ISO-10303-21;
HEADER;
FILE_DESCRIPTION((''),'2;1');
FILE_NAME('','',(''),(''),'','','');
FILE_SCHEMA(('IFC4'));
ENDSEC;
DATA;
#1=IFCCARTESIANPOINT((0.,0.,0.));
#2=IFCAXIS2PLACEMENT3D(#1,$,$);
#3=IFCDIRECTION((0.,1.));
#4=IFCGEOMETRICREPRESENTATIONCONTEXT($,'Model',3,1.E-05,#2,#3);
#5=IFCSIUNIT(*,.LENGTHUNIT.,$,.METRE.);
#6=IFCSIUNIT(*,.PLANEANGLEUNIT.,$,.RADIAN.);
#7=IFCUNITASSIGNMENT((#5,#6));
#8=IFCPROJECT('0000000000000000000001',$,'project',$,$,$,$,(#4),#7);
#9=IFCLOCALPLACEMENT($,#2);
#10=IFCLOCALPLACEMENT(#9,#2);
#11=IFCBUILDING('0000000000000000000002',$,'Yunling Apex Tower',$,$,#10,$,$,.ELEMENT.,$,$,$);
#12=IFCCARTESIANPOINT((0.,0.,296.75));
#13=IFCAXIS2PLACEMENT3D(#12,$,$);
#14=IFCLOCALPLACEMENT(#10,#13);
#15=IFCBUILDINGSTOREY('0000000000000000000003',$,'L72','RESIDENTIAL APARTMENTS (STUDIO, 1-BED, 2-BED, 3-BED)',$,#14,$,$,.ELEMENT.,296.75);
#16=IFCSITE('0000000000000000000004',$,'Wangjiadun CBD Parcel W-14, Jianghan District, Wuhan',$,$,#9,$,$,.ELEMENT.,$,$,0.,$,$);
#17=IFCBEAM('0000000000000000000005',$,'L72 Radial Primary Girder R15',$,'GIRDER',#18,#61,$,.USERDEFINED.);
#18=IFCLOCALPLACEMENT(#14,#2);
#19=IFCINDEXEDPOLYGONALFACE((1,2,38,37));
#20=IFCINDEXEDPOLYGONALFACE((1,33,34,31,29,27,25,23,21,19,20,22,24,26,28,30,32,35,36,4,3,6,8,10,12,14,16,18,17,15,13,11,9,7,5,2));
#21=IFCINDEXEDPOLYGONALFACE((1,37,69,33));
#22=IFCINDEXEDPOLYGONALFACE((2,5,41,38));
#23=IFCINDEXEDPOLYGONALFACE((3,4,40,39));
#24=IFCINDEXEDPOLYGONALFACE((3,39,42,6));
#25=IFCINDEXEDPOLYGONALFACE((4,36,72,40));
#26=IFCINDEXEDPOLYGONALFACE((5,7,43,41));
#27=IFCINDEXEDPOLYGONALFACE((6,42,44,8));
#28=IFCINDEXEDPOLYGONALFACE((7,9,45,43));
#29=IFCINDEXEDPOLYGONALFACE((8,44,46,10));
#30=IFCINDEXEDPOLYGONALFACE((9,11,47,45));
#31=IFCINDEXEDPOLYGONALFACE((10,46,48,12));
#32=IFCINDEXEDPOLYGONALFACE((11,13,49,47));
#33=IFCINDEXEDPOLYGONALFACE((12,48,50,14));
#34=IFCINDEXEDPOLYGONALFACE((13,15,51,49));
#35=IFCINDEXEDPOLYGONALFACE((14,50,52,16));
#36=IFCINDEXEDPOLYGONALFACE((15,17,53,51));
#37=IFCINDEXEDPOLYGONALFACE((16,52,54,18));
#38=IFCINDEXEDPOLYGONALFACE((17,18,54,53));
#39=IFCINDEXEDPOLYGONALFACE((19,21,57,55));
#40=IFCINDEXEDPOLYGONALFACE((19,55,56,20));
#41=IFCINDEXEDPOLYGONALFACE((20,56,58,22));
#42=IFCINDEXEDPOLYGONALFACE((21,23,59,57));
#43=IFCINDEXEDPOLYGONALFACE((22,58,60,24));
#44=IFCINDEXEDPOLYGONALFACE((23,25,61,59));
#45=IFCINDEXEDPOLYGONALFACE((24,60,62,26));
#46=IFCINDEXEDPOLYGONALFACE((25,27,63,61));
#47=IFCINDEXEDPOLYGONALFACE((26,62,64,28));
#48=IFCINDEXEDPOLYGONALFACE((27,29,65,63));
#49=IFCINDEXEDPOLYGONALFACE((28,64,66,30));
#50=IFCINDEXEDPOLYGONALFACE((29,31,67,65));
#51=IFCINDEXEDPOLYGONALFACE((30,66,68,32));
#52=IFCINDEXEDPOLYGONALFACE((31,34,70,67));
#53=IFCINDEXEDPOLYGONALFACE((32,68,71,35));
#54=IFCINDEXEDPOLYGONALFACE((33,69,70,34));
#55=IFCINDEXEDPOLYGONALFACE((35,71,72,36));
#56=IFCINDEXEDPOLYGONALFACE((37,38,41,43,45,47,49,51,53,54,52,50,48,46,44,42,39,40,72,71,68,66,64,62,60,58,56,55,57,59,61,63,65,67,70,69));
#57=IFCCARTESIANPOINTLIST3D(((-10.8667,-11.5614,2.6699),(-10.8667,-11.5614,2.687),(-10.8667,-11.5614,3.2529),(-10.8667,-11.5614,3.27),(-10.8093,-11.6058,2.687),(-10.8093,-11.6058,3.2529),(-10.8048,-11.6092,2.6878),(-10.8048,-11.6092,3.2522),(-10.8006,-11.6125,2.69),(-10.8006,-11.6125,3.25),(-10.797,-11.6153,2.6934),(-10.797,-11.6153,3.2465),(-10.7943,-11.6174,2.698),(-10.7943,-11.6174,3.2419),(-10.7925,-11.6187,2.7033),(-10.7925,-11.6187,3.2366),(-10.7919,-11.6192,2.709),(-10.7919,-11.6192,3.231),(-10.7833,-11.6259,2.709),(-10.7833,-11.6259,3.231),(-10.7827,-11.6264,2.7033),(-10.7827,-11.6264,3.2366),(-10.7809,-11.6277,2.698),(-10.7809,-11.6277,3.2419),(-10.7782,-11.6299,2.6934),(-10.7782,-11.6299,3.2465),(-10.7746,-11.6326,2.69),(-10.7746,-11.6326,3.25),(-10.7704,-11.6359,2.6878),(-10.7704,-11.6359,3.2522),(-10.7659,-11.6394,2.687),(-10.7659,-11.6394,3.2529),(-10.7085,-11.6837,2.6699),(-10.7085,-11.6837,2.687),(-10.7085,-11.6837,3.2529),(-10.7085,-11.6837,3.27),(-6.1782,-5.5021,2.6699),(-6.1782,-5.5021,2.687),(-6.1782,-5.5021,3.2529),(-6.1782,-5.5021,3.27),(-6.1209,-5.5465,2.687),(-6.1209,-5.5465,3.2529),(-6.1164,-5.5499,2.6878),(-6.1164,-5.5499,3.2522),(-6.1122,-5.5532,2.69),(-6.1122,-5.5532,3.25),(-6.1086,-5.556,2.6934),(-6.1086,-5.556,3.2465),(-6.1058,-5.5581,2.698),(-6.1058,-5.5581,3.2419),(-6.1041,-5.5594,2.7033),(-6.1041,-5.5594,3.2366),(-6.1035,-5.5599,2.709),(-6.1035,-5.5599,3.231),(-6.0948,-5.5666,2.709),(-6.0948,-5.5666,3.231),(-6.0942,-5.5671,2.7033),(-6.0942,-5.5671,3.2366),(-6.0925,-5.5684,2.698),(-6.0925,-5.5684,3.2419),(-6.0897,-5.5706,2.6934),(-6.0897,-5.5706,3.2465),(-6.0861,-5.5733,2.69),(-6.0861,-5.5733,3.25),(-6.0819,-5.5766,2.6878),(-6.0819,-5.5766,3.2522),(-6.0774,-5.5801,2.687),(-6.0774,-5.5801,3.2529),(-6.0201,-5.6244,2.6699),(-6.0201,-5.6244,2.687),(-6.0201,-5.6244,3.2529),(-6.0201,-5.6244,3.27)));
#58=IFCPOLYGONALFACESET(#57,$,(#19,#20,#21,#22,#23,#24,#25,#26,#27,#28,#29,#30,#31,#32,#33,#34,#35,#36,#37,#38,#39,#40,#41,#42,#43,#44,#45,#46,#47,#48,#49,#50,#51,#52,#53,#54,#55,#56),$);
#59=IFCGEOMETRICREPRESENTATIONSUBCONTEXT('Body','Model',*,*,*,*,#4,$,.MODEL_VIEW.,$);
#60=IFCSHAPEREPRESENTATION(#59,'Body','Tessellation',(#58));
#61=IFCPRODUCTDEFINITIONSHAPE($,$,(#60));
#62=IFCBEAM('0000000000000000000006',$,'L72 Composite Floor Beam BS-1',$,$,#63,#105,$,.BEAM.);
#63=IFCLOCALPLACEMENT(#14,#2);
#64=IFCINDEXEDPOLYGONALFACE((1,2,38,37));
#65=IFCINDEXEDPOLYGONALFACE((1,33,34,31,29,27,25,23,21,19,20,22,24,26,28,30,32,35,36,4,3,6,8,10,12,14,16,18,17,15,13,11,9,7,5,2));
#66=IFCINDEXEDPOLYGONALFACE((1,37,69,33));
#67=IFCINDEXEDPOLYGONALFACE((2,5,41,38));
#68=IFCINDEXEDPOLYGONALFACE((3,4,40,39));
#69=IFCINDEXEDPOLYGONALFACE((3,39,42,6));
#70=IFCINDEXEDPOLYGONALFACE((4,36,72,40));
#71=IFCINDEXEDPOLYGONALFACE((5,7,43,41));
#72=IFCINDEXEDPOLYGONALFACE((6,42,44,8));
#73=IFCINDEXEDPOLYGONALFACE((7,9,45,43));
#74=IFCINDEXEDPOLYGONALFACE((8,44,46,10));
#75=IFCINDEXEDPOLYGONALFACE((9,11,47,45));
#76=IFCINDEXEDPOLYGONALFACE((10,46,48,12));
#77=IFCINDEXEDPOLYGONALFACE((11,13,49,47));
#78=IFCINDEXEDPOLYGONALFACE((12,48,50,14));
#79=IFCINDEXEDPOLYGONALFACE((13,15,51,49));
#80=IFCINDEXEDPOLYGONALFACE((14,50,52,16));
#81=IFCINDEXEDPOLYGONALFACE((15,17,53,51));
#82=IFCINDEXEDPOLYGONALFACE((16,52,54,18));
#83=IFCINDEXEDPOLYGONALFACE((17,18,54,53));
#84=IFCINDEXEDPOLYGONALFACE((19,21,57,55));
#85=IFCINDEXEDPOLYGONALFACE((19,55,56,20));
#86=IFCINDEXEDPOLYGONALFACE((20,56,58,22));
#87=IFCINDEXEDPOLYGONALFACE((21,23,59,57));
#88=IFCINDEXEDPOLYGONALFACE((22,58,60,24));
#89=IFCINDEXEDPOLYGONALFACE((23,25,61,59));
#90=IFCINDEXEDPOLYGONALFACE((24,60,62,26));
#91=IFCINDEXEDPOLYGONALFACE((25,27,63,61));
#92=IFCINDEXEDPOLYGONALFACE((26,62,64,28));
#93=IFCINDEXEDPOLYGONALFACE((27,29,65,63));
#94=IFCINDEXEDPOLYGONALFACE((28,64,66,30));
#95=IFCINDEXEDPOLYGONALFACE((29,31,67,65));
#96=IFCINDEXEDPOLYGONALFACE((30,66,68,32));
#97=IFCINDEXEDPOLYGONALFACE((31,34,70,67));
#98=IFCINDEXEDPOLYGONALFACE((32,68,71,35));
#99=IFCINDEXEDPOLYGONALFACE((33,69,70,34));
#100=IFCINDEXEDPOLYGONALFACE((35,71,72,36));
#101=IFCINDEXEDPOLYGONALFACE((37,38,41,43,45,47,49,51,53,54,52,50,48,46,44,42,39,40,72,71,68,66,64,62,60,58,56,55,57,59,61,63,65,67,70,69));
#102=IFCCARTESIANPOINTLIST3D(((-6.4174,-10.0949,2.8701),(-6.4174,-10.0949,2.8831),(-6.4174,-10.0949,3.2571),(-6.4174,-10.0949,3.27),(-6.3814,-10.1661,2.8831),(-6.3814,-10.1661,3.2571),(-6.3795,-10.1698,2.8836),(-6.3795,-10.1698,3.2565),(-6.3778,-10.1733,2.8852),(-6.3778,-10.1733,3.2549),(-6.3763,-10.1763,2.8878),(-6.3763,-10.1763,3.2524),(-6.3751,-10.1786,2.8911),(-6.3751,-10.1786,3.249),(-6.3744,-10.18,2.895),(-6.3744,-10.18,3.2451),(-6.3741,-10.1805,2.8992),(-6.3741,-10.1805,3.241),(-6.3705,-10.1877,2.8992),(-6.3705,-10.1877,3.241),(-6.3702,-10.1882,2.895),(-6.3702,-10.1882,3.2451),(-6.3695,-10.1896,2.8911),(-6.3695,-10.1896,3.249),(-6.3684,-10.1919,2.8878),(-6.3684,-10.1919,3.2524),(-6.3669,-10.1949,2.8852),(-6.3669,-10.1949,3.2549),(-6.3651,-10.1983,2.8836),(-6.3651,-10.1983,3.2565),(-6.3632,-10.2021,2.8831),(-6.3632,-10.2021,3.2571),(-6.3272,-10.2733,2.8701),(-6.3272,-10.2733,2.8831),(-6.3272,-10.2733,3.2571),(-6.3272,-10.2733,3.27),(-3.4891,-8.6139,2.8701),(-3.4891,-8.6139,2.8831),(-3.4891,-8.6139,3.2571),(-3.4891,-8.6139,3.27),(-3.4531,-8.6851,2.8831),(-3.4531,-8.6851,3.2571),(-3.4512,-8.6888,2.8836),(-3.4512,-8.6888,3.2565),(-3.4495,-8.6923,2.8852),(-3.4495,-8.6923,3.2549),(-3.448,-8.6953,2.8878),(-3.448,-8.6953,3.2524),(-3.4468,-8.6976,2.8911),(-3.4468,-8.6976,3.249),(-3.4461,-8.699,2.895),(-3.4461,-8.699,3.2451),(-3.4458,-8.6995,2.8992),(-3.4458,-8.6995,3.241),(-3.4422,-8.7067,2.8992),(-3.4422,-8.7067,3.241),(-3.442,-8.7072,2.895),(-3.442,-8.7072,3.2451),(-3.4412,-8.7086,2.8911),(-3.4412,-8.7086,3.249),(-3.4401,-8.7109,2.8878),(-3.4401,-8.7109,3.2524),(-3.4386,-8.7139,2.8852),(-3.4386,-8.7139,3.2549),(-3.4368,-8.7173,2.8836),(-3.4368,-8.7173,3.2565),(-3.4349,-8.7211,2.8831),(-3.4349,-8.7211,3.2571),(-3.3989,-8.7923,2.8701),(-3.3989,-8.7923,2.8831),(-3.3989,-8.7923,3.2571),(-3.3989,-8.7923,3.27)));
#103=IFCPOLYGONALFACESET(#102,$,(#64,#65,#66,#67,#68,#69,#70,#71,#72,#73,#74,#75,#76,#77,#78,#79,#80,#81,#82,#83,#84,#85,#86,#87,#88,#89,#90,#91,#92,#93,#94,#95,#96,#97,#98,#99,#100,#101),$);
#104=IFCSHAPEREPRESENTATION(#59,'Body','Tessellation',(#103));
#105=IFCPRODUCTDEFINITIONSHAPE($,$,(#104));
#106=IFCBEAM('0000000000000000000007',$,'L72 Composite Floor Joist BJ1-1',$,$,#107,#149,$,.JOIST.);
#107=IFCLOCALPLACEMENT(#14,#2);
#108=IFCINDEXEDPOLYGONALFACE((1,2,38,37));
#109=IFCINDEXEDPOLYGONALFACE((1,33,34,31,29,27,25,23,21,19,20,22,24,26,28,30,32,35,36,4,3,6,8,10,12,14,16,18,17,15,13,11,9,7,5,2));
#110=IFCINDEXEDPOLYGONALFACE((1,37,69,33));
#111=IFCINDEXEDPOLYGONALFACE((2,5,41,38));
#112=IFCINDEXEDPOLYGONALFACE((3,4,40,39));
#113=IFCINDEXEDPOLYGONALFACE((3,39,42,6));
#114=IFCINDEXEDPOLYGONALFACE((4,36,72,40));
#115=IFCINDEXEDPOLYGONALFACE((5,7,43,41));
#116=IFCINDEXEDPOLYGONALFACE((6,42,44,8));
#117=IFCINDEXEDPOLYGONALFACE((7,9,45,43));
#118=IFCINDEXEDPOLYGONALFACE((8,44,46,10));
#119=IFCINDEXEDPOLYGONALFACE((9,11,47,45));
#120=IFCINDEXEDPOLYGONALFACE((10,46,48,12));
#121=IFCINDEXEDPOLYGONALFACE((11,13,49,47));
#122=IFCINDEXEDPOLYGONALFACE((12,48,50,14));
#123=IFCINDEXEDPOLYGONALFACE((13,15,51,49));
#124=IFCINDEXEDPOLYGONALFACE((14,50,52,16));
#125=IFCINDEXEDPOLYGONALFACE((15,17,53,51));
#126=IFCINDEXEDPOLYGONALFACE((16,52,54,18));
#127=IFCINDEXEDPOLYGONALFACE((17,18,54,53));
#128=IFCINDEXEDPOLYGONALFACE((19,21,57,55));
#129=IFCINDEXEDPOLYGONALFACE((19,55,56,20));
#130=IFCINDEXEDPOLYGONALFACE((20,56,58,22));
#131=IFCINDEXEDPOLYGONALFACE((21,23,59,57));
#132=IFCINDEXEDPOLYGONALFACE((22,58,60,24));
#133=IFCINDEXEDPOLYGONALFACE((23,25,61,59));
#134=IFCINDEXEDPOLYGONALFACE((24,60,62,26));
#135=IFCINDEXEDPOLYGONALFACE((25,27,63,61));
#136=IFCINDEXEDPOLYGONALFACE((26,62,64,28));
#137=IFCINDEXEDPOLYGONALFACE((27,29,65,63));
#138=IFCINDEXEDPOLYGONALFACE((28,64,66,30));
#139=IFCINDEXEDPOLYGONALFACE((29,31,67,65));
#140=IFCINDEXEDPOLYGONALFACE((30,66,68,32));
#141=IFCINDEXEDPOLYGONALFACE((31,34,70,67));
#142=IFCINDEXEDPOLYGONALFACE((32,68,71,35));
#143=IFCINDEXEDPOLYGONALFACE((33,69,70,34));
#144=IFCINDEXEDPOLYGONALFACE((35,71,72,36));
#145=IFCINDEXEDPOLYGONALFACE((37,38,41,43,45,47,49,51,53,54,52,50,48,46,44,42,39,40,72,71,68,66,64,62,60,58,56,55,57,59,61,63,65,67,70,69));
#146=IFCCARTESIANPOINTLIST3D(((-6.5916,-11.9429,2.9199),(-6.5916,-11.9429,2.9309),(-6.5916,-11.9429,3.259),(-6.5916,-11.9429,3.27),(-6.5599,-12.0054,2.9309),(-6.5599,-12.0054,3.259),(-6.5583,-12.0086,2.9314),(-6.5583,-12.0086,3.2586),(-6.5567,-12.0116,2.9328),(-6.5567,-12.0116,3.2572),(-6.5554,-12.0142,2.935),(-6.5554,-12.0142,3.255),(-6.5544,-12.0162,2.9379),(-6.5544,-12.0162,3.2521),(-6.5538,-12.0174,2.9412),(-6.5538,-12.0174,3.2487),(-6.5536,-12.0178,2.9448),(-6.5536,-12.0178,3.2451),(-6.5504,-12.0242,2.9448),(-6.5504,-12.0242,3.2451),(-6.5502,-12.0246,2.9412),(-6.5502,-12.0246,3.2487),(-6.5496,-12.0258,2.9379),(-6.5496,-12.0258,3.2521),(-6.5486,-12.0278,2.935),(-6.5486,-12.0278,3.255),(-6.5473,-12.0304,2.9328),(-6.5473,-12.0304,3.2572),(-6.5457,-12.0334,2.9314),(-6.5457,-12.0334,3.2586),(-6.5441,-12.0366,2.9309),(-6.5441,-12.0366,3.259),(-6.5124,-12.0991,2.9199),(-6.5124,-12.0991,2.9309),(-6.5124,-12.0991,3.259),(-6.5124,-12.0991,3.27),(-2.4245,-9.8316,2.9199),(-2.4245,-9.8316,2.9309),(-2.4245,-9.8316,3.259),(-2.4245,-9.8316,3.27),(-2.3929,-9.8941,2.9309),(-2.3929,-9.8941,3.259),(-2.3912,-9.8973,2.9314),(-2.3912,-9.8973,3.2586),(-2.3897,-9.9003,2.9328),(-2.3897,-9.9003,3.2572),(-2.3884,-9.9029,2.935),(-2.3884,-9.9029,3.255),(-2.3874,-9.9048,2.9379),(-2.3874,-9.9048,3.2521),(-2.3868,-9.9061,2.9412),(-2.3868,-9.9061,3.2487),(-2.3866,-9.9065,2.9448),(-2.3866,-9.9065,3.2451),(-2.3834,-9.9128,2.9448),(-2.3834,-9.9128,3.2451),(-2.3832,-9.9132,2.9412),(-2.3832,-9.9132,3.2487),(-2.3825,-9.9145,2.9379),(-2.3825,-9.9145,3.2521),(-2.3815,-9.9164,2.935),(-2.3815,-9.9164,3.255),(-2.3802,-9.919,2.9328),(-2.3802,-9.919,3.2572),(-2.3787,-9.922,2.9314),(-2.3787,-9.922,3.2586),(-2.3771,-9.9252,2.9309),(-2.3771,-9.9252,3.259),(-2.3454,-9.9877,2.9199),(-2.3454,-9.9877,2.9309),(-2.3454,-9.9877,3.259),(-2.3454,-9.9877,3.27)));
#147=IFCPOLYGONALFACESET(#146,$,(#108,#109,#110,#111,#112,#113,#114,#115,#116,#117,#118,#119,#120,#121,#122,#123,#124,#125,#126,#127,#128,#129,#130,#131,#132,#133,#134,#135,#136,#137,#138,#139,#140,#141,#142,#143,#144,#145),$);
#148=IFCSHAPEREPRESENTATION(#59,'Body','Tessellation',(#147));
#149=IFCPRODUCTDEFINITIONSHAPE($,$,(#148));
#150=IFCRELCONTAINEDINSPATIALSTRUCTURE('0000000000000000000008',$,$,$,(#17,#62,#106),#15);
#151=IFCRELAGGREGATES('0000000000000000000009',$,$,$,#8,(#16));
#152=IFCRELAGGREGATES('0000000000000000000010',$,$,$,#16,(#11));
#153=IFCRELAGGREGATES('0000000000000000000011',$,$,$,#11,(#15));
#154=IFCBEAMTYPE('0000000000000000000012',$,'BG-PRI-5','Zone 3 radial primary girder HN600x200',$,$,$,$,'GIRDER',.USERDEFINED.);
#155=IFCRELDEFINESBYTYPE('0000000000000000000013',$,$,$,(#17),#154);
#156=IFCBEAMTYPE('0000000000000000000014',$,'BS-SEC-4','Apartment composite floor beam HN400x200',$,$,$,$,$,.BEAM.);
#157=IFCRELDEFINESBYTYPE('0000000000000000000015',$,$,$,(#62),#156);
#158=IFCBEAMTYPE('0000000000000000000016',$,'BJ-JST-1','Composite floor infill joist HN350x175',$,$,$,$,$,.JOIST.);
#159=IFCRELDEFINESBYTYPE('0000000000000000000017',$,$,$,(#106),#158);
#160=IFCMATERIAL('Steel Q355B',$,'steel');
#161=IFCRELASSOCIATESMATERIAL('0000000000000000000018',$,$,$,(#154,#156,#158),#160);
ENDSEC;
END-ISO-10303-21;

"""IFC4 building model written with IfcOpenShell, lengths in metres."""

from ifc_helpers import new_model, si_unit, direction, frame, origin, origin_2d, place, context, subcontext, project, spatial, i_section, extrude, source, transform, mapped, material, material_profile, profile_set, type_object, element, save


model = new_model("IFC4")

# Units and contexts
model_context = context("Model", 3, precision=1e-05, world=origin(), true_north=direction((0.0, 1.0)))
body_context = subcontext(model_context, "Body", "Model", "MODEL_VIEW")
ifc_project = project(units=[si_unit("LENGTHUNIT", "METRE"), si_unit("PLANEANGLEUNIT", "RADIAN")], contexts=[model_context])

# Site, building, storey
site_placement = place(None, origin())
site = spatial("IfcSite", under=ifc_project, at=site_placement, Name="Wangjiadun CBD Parcel W-14, Jianghan District, Wuhan", CompositionType="ELEMENT", RefElevation=0.0)
building_placement = place(site_placement, origin())
building = spatial("IfcBuilding", under=site, at=building_placement, Name="Yunling Apex Tower", CompositionType="ELEMENT")
storey_placement = place(building_placement, frame((0.0, 0.0, 296.75)))
storey = spatial("IfcBuildingStorey", under=building, at=storey_placement, Name="L72", Description="RESIDENTIAL APARTMENTS (STUDIO, 1-BED, 2-BED, 3-BED)", CompositionType="ELEMENT", Elevation=296.75)

# Shared definitions
ifc_material_1 = material(Name="Steel Q355B", Category="steel")

# Beams
ifc_material_profile_1 = material_profile(ifc_material_1, i_section(OverallWidth=0.2, OverallDepth=0.6001, WebThickness=0.011, FlangeThickness=0.0171, FilletRadius=0.022, at=origin_2d()))
ifc_profile_set_1 = profile_set([ifc_material_profile_1], Name="Steel Q355B")
beam_type_1 = type_object("IfcBeamType", Name="BG-PRI-5", Description="Zone 3 radial primary girder HN600x200", ElementType="GIRDER", PredefinedType="USERDEFINED", material=ifc_profile_set_1)
shared_shape_1 = source(origin(), body_context, "Body", "SweptSolid", [
    extrude(i_section(OverallWidth=0.2, OverallDepth=0.6001, WebThickness=0.011, FlangeThickness=0.0171, FilletRadius=0.022, at=origin_2d()), origin(), (0.0, 0.0, 1.0), 7.6614),
])
beam_1_placement = place(storey_placement, frame((-10.7876, -11.6226, 2.97), z_axis=(0.61196, 0.790889, 0.0), x_axis=(-0.790889, 0.61196, 0.0)))
element("IfcBeam", 1, at=beam_1_placement, inside=storey, type_object=beam_type_1, Name="L72 Radial Primary Girder R15", ObjectType="GIRDER", PredefinedType="USERDEFINED", context=body_context, shape_type="MappedRepresentation", body=[
    mapped(shared_shape_1, transform((0.0, 0.0, 0.0), scale=1.0)),
])
ifc_material_profile_2 = material_profile(ifc_material_1, i_section(OverallWidth=0.2, OverallDepth=0.3999, WebThickness=0.0081, FlangeThickness=0.0129, FilletRadius=0.0161, at=origin_2d()))
ifc_profile_set_2 = profile_set([ifc_material_profile_2], Name="Steel Q355B")
beam_type_2 = type_object("IfcBeamType", Name="BS-SEC-4", Description="Apartment composite floor beam HN400x200", PredefinedType="BEAM", material=ifc_profile_set_2)
shared_shape_2 = source(origin(), body_context, "Body", "SweptSolid", [
    extrude(i_section(OverallWidth=0.2, OverallDepth=0.3999, WebThickness=0.0081, FlangeThickness=0.0129, FilletRadius=0.0161, at=origin_2d()), origin(), (0.0, 0.0, 1.0), 3.2815),
])
beam_2_placement = place(storey_placement, frame((-6.3723, -10.1841, 3.0701), z_axis=(0.892364, 0.451316, 0.0), x_axis=(-0.451316, 0.892364, 0.0)))
element("IfcBeam", 2, at=beam_2_placement, inside=storey, type_object=beam_type_2, Name="L72 Composite Floor Beam BS-1", PredefinedType="BEAM", context=body_context, shape_type="MappedRepresentation", body=[
    mapped(shared_shape_2, transform((0.0, 0.0, 0.0), scale=1.0)),
])
ifc_material_profile_3 = material_profile(ifc_material_1, i_section(OverallWidth=0.175, OverallDepth=0.3501, WebThickness=0.0071, FlangeThickness=0.011, FilletRadius=0.0139, at=origin_2d()))
ifc_profile_set_3 = profile_set([ifc_material_profile_3], Name="Steel Q355B")
beam_type_3 = type_object("IfcBeamType", Name="BJ-JST-1", Description="Composite floor infill joist HN350x175", PredefinedType="JOIST", material=ifc_profile_set_3)
shared_shape_3 = source(origin(), body_context, "Body", "SweptSolid", [
    extrude(i_section(OverallWidth=0.175, OverallDepth=0.3501, WebThickness=0.0071, FlangeThickness=0.011, FilletRadius=0.0139, at=origin_2d()), origin(), (0.0, 0.0, 1.0), 4.6714),
])
beam_3_placement = place(storey_placement, frame((-6.552, -12.021, 3.095), z_axis=(0.892031, 0.451974, 0.0), x_axis=(-0.451974, 0.892031, 0.0)))
element("IfcBeam", 3, at=beam_3_placement, inside=storey, type_object=beam_type_3, Name="L72 Composite Floor Joist BJ1-1", PredefinedType="JOIST", context=body_context, shape_type="MappedRepresentation", body=[
    mapped(shared_shape_3, transform((0.0, 0.0, 0.0), scale=1.0)),
])

save(model, "model.ifc")
